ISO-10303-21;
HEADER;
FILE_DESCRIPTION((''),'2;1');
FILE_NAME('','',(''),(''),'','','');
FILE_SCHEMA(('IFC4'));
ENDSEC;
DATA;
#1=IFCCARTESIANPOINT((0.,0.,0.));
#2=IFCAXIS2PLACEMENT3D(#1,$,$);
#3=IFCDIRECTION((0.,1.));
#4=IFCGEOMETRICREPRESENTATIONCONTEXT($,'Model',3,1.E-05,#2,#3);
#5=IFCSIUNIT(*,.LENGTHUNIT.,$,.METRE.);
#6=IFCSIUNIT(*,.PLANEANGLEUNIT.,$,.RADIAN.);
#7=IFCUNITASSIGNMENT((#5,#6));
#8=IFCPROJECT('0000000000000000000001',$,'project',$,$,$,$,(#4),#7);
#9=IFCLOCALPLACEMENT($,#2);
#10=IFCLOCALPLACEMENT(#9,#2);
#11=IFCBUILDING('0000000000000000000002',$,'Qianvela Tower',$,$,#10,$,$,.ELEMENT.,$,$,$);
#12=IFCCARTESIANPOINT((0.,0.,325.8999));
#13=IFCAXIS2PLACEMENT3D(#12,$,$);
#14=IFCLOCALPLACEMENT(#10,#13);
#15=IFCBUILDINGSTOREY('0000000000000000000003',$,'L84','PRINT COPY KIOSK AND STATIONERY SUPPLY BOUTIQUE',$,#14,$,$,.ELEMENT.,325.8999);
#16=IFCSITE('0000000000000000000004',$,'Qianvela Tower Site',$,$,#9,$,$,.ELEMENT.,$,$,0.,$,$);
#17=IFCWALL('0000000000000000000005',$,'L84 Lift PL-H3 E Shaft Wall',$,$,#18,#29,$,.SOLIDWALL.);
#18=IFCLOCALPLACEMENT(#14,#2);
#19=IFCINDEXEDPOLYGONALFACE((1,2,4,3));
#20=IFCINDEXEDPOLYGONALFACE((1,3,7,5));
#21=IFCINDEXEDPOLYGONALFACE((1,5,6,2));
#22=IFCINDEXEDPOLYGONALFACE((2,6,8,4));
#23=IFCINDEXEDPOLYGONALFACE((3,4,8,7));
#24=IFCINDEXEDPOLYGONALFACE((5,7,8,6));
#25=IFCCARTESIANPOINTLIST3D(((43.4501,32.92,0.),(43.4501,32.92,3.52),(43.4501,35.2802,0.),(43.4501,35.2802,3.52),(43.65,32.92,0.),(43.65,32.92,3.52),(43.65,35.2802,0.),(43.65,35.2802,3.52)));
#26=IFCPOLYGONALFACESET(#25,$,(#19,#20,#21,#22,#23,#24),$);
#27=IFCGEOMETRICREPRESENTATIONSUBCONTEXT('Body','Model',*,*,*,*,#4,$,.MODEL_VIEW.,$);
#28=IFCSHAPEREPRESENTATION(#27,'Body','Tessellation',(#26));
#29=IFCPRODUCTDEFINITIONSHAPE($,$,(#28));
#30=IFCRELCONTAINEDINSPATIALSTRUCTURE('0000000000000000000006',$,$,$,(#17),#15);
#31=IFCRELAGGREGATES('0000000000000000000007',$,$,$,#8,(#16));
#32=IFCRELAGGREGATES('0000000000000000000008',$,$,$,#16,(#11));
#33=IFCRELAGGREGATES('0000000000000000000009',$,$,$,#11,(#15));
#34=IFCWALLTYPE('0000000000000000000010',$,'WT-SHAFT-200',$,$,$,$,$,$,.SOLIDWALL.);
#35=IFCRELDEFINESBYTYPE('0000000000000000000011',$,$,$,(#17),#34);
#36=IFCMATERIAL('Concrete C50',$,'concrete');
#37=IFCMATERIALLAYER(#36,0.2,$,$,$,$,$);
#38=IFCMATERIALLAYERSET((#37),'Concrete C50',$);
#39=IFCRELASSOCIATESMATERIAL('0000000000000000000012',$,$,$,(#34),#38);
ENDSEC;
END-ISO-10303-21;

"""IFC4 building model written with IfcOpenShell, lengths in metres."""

from ifc_helpers import new_model, si_unit, direction, frame, frame_2d, origin, place, context, subcontext, project, spatial, rectangle, extrude, material, layer, layer_set, type_object, element, save


model = new_model("IFC4")

# Units and contexts
model_context = context("Model", 3, precision=1e-05, world=origin(), true_north=direction((0.0, 1.0)))
body_context = subcontext(model_context, "Body", "Model", "MODEL_VIEW")
ifc_project = project(units=[si_unit("LENGTHUNIT", "METRE"), si_unit("PLANEANGLEUNIT", "RADIAN")], contexts=[model_context])

# Site, building, storey
site_placement = place(None, origin())
site = spatial("IfcSite", under=ifc_project, at=site_placement, Name="Qianvela Tower Site", CompositionType="ELEMENT", RefElevation=0.0)
building_placement = place(site_placement, origin())
building = spatial("IfcBuilding", under=site, at=building_placement, Name="Qianvela Tower", CompositionType="ELEMENT")
storey_placement = place(building_placement, frame((0.0, 0.0, 325.8999)))
storey = spatial("IfcBuildingStorey", under=building, at=storey_placement, Name="L84", Description="PRINT COPY KIOSK AND STATIONERY SUPPLY BOUTIQUE", CompositionType="ELEMENT", Elevation=325.8999)

# Wall
ifc_material_1 = material(Name="Concrete C50", Category="concrete")
ifc_layer_1 = layer(ifc_material_1, 0.2)
ifc_layer_set_1 = layer_set([ifc_layer_1], Name="Concrete C50")
wall_type_1 = type_object("IfcWallType", Name="WT-SHAFT-200", PredefinedType="SOLIDWALL", material=ifc_layer_set_1)
wall_1_placement = place(storey_placement, frame((43.55, 32.9199, 0.0), z_axis=(0.0, 0.0, 1.0), x_axis=(0.0, 1.0, 0.0)))
element("IfcWall", 1, at=wall_1_placement, inside=storey, type_object=wall_type_1, Name="L84 Lift PL-H3 E Shaft Wall", PredefinedType="SOLIDWALL", context=body_context, shape_type="SweptSolid", body=[
    extrude(rectangle(XDim=2.3601, YDim=0.2, at=frame_2d((1.1802, 0.0))), origin(), (0.0, 0.0, 1.0), 3.52),
])

save(model, "model.ifc")
